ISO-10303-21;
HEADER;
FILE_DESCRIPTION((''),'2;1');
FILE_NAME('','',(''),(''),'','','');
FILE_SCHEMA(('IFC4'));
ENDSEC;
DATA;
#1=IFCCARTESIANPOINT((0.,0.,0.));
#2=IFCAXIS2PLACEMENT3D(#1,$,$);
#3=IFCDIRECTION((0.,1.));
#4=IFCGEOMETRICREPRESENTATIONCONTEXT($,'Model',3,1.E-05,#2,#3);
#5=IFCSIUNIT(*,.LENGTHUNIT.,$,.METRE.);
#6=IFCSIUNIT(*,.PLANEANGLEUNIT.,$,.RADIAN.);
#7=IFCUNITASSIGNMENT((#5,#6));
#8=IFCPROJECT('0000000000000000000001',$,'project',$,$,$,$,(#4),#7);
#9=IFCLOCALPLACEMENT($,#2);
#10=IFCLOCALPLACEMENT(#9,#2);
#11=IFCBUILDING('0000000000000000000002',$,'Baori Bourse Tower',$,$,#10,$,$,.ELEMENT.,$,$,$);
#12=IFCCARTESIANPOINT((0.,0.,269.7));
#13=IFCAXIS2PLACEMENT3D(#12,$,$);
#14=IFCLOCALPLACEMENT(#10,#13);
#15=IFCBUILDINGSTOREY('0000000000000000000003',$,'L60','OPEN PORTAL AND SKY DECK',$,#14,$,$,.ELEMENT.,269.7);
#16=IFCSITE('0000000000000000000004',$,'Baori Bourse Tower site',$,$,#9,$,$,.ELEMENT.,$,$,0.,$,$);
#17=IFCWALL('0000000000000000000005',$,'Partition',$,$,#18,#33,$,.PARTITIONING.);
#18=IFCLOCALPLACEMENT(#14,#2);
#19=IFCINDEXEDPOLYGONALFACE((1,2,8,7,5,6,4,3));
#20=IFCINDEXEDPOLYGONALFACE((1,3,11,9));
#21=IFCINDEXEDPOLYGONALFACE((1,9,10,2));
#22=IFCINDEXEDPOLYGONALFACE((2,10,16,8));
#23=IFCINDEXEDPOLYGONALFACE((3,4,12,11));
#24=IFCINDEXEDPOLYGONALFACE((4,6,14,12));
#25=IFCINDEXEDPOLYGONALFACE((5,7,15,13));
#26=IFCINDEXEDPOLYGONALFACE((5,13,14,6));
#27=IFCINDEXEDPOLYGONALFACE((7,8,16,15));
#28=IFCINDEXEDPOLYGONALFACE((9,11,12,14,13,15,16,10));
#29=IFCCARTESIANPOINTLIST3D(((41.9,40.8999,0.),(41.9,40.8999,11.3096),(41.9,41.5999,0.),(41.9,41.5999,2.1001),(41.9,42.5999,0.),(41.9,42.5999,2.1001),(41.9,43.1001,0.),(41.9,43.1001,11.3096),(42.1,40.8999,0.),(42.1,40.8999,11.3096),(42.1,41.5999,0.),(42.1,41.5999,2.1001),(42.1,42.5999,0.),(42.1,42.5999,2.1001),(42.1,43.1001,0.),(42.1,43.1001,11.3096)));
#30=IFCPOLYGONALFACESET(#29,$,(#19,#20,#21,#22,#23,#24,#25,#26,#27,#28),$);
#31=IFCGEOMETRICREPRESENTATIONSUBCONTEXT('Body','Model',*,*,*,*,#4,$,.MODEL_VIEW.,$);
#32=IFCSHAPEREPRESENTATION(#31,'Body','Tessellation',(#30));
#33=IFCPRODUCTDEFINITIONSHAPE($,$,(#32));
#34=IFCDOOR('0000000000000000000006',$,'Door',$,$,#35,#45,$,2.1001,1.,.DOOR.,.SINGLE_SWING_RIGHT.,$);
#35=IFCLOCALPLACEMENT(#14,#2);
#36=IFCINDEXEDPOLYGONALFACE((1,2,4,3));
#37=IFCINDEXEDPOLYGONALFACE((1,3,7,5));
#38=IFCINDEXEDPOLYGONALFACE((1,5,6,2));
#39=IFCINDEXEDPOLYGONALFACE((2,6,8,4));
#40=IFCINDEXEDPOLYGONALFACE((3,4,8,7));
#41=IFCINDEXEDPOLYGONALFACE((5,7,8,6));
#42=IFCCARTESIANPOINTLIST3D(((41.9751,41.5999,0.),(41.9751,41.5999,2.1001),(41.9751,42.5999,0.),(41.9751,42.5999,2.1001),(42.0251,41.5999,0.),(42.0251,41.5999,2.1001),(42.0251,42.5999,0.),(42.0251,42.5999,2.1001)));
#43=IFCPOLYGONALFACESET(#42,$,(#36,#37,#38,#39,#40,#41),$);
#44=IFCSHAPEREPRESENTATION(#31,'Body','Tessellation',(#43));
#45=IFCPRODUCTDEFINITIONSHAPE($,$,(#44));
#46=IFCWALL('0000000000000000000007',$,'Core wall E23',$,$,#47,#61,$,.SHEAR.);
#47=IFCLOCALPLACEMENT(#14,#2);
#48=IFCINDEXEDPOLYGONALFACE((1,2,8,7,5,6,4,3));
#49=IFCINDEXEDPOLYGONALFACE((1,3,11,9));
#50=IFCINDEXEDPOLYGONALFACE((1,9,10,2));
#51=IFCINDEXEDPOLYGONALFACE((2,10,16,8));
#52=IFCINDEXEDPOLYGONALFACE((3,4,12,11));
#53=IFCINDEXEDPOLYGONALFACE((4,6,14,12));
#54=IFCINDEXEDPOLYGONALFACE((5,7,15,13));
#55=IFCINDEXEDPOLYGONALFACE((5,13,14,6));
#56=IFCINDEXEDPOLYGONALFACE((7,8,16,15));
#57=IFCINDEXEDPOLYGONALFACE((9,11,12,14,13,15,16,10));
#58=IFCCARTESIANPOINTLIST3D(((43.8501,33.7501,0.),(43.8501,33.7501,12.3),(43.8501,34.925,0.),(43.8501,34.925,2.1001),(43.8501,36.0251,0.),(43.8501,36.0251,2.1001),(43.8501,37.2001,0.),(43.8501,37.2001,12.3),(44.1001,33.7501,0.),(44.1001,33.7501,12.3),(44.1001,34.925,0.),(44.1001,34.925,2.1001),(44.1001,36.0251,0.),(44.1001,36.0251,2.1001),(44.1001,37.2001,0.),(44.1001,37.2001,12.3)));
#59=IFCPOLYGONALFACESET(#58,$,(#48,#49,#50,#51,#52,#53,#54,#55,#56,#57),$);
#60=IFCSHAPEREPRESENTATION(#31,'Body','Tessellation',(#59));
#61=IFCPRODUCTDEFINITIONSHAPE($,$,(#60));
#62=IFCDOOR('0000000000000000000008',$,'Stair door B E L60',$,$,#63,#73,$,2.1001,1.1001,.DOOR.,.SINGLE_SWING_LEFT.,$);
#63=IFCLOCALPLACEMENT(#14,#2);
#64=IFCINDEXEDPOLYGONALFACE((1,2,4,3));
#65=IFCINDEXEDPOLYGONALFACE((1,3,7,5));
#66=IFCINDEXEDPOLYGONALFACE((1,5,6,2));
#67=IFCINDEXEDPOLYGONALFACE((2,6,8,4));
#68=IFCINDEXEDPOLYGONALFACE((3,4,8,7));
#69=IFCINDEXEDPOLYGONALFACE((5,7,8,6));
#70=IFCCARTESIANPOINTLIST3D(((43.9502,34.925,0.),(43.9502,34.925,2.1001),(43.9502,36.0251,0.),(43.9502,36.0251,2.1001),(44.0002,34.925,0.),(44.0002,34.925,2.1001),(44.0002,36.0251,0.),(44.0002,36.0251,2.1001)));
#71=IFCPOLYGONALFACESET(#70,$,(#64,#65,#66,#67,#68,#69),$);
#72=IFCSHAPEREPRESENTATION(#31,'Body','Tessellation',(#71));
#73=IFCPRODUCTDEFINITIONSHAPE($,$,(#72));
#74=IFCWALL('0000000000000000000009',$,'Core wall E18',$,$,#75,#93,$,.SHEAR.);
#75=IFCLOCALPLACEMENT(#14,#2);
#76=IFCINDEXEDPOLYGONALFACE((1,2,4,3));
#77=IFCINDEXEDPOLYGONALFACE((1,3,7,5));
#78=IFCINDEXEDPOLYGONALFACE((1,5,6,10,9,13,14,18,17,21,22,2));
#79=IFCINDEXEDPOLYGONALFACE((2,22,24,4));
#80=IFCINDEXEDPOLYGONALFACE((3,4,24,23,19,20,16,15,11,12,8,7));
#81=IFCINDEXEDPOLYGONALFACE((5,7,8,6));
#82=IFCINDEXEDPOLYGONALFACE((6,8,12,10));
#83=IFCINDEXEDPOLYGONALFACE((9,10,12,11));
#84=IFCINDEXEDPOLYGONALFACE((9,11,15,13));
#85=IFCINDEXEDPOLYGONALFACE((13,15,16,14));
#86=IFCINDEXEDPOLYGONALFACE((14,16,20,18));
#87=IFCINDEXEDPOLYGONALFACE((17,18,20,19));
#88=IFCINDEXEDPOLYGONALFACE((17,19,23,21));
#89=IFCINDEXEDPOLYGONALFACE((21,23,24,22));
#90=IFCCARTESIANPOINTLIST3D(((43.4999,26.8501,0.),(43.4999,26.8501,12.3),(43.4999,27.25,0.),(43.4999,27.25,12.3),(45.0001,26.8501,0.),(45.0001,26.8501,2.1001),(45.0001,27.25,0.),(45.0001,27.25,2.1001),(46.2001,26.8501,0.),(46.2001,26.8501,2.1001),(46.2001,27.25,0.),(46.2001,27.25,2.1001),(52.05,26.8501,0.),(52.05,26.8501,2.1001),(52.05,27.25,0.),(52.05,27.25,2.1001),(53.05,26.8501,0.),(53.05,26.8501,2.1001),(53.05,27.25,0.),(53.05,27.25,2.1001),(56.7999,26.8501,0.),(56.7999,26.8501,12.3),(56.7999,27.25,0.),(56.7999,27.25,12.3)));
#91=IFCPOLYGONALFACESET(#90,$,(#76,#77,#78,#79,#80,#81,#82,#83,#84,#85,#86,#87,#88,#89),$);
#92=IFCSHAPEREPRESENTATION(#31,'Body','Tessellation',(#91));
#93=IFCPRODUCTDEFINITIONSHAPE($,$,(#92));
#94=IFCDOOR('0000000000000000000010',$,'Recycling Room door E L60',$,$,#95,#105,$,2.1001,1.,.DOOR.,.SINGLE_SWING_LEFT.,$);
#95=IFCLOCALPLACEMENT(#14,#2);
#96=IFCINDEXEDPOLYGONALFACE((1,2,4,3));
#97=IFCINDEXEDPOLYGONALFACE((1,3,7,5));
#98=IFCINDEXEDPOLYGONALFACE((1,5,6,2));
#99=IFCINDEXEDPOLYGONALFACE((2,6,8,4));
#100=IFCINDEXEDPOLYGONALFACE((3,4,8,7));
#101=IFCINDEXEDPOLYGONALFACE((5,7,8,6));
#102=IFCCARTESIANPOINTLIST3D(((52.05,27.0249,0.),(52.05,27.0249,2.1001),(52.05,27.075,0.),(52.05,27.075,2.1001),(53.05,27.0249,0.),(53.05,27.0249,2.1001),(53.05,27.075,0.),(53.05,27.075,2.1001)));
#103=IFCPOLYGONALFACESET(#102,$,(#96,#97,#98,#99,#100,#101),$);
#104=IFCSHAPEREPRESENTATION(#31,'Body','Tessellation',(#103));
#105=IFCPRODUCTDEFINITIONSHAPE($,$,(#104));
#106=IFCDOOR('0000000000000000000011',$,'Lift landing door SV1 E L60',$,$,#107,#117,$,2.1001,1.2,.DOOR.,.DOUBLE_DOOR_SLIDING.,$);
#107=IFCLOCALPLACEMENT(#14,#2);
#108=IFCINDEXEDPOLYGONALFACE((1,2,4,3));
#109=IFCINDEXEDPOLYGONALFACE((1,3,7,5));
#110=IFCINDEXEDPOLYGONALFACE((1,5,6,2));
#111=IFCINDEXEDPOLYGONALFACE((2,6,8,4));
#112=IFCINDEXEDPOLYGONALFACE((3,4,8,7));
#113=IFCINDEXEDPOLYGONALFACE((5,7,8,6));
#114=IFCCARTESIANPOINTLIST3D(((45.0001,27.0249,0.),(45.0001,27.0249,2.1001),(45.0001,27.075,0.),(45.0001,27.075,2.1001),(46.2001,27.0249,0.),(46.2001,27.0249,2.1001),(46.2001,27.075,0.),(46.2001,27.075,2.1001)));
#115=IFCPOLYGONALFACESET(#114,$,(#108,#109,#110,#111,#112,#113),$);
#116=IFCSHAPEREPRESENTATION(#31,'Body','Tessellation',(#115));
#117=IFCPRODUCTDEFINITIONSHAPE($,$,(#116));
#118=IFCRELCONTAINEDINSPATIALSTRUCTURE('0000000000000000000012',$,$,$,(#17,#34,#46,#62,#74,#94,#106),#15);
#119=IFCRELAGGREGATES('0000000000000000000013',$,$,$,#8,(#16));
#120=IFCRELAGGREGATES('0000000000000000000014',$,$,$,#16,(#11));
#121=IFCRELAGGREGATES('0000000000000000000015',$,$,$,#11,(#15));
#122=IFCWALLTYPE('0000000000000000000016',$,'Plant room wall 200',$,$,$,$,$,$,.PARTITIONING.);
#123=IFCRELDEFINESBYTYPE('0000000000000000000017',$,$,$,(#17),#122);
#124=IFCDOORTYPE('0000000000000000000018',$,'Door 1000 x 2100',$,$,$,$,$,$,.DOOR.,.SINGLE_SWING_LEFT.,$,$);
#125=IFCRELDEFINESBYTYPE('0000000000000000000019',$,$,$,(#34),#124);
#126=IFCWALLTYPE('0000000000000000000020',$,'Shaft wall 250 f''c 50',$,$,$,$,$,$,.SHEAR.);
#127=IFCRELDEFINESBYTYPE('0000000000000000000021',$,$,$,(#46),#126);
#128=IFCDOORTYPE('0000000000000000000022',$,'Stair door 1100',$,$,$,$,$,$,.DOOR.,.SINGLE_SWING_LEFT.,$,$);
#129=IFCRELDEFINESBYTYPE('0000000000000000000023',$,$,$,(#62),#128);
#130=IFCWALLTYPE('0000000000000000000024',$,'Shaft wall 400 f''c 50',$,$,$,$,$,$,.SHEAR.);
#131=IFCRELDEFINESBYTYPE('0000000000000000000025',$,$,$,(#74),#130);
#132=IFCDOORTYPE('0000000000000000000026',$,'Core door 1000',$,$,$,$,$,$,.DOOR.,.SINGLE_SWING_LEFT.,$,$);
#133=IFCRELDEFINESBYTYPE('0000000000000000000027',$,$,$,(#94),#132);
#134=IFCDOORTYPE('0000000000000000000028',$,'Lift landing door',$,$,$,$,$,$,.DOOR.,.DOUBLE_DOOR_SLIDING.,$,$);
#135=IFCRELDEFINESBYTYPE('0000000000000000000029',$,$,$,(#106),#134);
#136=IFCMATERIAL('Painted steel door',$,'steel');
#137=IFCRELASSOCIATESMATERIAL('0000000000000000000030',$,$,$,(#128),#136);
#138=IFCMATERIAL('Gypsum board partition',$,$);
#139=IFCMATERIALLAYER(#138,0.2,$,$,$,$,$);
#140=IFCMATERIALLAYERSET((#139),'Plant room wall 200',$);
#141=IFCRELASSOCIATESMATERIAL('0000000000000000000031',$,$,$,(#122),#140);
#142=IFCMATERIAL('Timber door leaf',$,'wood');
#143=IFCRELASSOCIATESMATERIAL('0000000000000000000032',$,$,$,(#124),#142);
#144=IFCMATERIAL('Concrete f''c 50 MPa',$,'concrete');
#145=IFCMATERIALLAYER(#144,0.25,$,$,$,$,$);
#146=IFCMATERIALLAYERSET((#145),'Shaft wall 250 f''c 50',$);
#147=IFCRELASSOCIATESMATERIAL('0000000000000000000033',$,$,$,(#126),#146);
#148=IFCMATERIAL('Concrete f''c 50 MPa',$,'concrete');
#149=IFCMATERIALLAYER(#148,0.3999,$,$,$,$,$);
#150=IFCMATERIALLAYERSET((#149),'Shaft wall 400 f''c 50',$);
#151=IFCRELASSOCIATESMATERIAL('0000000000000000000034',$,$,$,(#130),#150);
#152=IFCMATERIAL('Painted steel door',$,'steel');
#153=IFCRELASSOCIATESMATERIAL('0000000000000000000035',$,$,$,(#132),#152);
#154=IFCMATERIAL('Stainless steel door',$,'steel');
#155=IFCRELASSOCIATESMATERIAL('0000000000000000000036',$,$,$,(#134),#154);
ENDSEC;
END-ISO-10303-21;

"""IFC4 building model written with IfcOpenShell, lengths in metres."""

from ifc_helpers import new_model, si_unit, direction, frame, frame_2d, origin, place, context, subcontext, project, spatial, rectangle, extrude, material, layer, layer_set, type_object, element, fill, save


model = new_model("IFC4")

# Units and contexts
model_context = context("Model", 3, precision=1e-05, world=origin(), true_north=direction((0.0, 1.0)))
body_context = subcontext(model_context, "Body", "Model", "MODEL_VIEW")
ifc_project = project(units=[si_unit("LENGTHUNIT", "METRE"), si_unit("PLANEANGLEUNIT", "RADIAN")], contexts=[model_context])

# Site, building, storey
site_placement = place(None, origin())
site = spatial("IfcSite", under=ifc_project, at=site_placement, Name="Baori Bourse Tower site", CompositionType="ELEMENT", RefElevation=0.0)
building_placement = place(site_placement, origin())
building = spatial("IfcBuilding", under=site, at=building_placement, Name="Baori Bourse Tower", CompositionType="ELEMENT")
storey_placement = place(building_placement, frame((0.0, 0.0, 269.7)))
storey = spatial("IfcBuildingStorey", under=building, at=storey_placement, Name="L60", Description="OPEN PORTAL AND SKY DECK", CompositionType="ELEMENT", Elevation=269.7)

# Shared definitions
ifc_material_1 = material(Name="Painted steel door", Category="steel")
door_type_1 = type_object("IfcDoorType", Name="Stair door 1100", OperationType="SINGLE_SWING_LEFT", PredefinedType="DOOR", material=ifc_material_1)

# Shared definitions
ifc_material_2 = material(Name="Gypsum board partition")
ifc_layer_1 = layer(ifc_material_2, 0.2)
ifc_layer_set_1 = layer_set([ifc_layer_1], Name="Plant room wall 200")
wall_type_1 = type_object("IfcWallType", Name="Plant room wall 200", PredefinedType="PARTITIONING", material=ifc_layer_set_1)

# Walls, openings, doors
wall_1_placement = place(storey_placement, frame((42.0, 40.8999, 0.0), z_axis=(0.0, 0.0, 1.0), x_axis=(0.0, 1.0, 0.0)))
wall_1 = element("IfcWall", 1, at=wall_1_placement, inside=storey, type_object=wall_type_1, Name="Partition", PredefinedType="PARTITIONING", context=body_context, shape_type="SweptSolid", body=[
    extrude(rectangle(XDim=2.2002, YDim=0.2, at=frame_2d((1.1001, 0.0))), origin(), (0.0, 0.0, 1.0), 11.3096),
])
opening_1_placement = place(wall_1_placement, frame((0.7, 0.0, 0.0)))
opening_1 = element("IfcOpeningElement", 2, at=opening_1_placement, cuts=wall_1, PredefinedType="OPENING", context=body_context, shape_type="SweptSolid", body=[
    extrude(rectangle(XDim=1.0, YDim=2.1001, at=frame_2d((0.5, 1.05))), frame((0.0, 0.1099, 0.0), z_axis=(0.0, -1.0, 0.0), x_axis=(1.0, 0.0, 0.0)), (0.0, 0.0, 1.0), 0.22),
])
ifc_material_3 = material(Name="Timber door leaf", Category="wood")
door_type_2 = type_object("IfcDoorType", Name="Door 1000 x 2100", OperationType="SINGLE_SWING_LEFT", PredefinedType="DOOR", material=ifc_material_3)
door_1_placement = place(opening_1_placement, origin())
door_1 = element("IfcDoor", 3, at=door_1_placement, inside=storey, type_object=door_type_2, Name="Door", OperationType="SINGLE_SWING_RIGHT", OverallHeight=2.1001, OverallWidth=1.0, PredefinedType="DOOR", context=body_context, shape_type="SweptSolid", body=[
    extrude(rectangle(XDim=1.0, YDim=2.1001, at=frame_2d((0.5, 1.05))), frame((0.0, 0.0249, 0.0), z_axis=(0.0, -1.0, 0.0), x_axis=(1.0, 0.0, 0.0)), (0.0, 0.0, 1.0), 0.05),
])
fill(opening_1, door_1)
ifc_material_4 = material(Name="Concrete f'c 50 MPa", Category="concrete")
ifc_layer_2 = layer(ifc_material_4, 0.25)
ifc_layer_set_2 = layer_set([ifc_layer_2], Name="Shaft wall 250 f'c 50")
wall_type_2 = type_object("IfcWallType", Name="Shaft wall 250 f'c 50", PredefinedType="SHEAR", material=ifc_layer_set_2)
wall_2_placement = place(storey_placement, frame((43.9751, 33.75, 0.0), z_axis=(0.0, 0.0, 1.0), x_axis=(0.0, 1.0, 0.0)))
wall_2 = element("IfcWall", 4, at=wall_2_placement, inside=storey, type_object=wall_type_2, Name="Core wall E23", PredefinedType="SHEAR", context=body_context, shape_type="SweptSolid", body=[
    extrude(rectangle(XDim=3.45, YDim=0.25, at=frame_2d((1.7251, 0.0))), origin(), (0.0, 0.0, 1.0), 12.3),
])
opening_2_placement = place(wall_2_placement, frame((1.175, 0.0, 0.0)))
opening_2 = element("IfcOpeningElement", 5, at=opening_2_placement, cuts=wall_2, PredefinedType="OPENING", context=body_context, shape_type="SweptSolid", body=[
    extrude(rectangle(XDim=1.1001, YDim=2.1001, at=frame_2d((0.55, 1.05))), frame((0.0, 0.135, 0.0), z_axis=(0.0, -1.0, 0.0), x_axis=(1.0, 0.0, 0.0)), (0.0, 0.0, 1.0), 0.27),
])
door_2_placement = place(opening_2_placement, origin())
door_2 = element("IfcDoor", 6, at=door_2_placement, inside=storey, type_object=door_type_1, Name="Stair door B E L60", OperationType="SINGLE_SWING_LEFT", OverallHeight=2.1001, OverallWidth=1.1001, PredefinedType="DOOR", context=body_context, shape_type="SweptSolid", body=[
    extrude(rectangle(XDim=1.1001, YDim=2.1001, at=frame_2d((0.55, 1.05))), frame((0.0, 0.0249, 0.0), z_axis=(0.0, -1.0, 0.0), x_axis=(1.0, 0.0, 0.0)), (0.0, 0.0, 1.0), 0.05),
])
fill(opening_2, door_2)

# Wall, openings, doors
ifc_material_5 = material(Name="Concrete f'c 50 MPa", Category="concrete")
ifc_layer_3 = layer(ifc_material_5, 0.3999)
ifc_layer_set_3 = layer_set([ifc_layer_3], Name="Shaft wall 400 f'c 50")
wall_type_3 = type_object("IfcWallType", Name="Shaft wall 400 f'c 50", PredefinedType="SHEAR", material=ifc_layer_set_3)
wall_3_placement = place(storey_placement, frame((43.5, 27.05, 0.0), z_axis=(0.0, 0.0, 1.0), x_axis=(1.0, 0.0, 0.0)))
wall_3 = element("IfcWall", 7, at=wall_3_placement, inside=storey, type_object=wall_type_3, Name="Core wall E18", PredefinedType="SHEAR", context=body_context, shape_type="SweptSolid", body=[
    extrude(rectangle(XDim=13.3, YDim=0.3999, at=frame_2d((6.6499, 0.0))), origin(), (0.0, 0.0, 1.0), 12.3),
])
opening_3_placement = place(wall_3_placement, frame((8.55, 0.0, 0.0)))
opening_3 = element("IfcOpeningElement", 8, at=opening_3_placement, cuts=wall_3, PredefinedType="OPENING", context=body_context, shape_type="SweptSolid", body=[
    extrude(rectangle(XDim=1.0, YDim=2.1001, at=frame_2d((0.5, 1.05))), frame((0.0, 0.21, 0.0), z_axis=(0.0, -1.0, 0.0), x_axis=(1.0, 0.0, 0.0)), (0.0, 0.0, 1.0), 0.4199),
])
opening_4_placement = place(wall_3_placement, frame((1.5, 0.0, 0.0)))
opening_4 = element("IfcOpeningElement", 9, at=opening_4_placement, cuts=wall_3, PredefinedType="OPENING", context=body_context, shape_type="SweptSolid", body=[
    extrude(rectangle(XDim=1.2, YDim=2.1001, at=frame_2d((0.6001, 1.05))), frame((0.0, 0.21, 0.0), z_axis=(0.0, -1.0, 0.0), x_axis=(1.0, 0.0, 0.0)), (0.0, 0.0, 1.0), 0.4199),
])
ifc_material_6 = material(Name="Painted steel door", Category="steel")
door_type_3 = type_object("IfcDoorType", Name="Core door 1000", OperationType="SINGLE_SWING_LEFT", PredefinedType="DOOR", material=ifc_material_6)
door_3_placement = place(opening_3_placement, origin())
door_3 = element("IfcDoor", 10, at=door_3_placement, inside=storey, type_object=door_type_3, Name="Recycling Room door E L60", OperationType="SINGLE_SWING_LEFT", OverallHeight=2.1001, OverallWidth=1.0, PredefinedType="DOOR", context=body_context, shape_type="SweptSolid", body=[
    extrude(rectangle(XDim=1.0, YDim=2.1001, at=frame_2d((0.5, 1.05))), frame((0.0, 0.0249, 0.0), z_axis=(0.0, -1.0, 0.0), x_axis=(1.0, 0.0, 0.0)), (0.0, 0.0, 1.0), 0.05),
])
fill(opening_3, door_3)
ifc_material_7 = material(Name="Stainless steel door", Category="steel")
door_type_4 = type_object("IfcDoorType", Name="Lift landing door", OperationType="DOUBLE_DOOR_SLIDING", PredefinedType="DOOR", material=ifc_material_7)
door_4_placement = place(opening_4_placement, origin())
door_4 = element("IfcDoor", 11, at=door_4_placement, inside=storey, type_object=door_type_4, Name="Lift landing door SV1 E L60", OperationType="DOUBLE_DOOR_SLIDING", OverallHeight=2.1001, OverallWidth=1.2, PredefinedType="DOOR", context=body_context, shape_type="SweptSolid", body=[
    extrude(rectangle(XDim=1.2, YDim=2.1001, at=frame_2d((0.6001, 1.05))), frame((0.0, 0.0249, 0.0), z_axis=(0.0, -1.0, 0.0), x_axis=(1.0, 0.0, 0.0)), (0.0, 0.0, 1.0), 0.05),
])
fill(opening_4, door_4)

save(model, "model.ifc")
